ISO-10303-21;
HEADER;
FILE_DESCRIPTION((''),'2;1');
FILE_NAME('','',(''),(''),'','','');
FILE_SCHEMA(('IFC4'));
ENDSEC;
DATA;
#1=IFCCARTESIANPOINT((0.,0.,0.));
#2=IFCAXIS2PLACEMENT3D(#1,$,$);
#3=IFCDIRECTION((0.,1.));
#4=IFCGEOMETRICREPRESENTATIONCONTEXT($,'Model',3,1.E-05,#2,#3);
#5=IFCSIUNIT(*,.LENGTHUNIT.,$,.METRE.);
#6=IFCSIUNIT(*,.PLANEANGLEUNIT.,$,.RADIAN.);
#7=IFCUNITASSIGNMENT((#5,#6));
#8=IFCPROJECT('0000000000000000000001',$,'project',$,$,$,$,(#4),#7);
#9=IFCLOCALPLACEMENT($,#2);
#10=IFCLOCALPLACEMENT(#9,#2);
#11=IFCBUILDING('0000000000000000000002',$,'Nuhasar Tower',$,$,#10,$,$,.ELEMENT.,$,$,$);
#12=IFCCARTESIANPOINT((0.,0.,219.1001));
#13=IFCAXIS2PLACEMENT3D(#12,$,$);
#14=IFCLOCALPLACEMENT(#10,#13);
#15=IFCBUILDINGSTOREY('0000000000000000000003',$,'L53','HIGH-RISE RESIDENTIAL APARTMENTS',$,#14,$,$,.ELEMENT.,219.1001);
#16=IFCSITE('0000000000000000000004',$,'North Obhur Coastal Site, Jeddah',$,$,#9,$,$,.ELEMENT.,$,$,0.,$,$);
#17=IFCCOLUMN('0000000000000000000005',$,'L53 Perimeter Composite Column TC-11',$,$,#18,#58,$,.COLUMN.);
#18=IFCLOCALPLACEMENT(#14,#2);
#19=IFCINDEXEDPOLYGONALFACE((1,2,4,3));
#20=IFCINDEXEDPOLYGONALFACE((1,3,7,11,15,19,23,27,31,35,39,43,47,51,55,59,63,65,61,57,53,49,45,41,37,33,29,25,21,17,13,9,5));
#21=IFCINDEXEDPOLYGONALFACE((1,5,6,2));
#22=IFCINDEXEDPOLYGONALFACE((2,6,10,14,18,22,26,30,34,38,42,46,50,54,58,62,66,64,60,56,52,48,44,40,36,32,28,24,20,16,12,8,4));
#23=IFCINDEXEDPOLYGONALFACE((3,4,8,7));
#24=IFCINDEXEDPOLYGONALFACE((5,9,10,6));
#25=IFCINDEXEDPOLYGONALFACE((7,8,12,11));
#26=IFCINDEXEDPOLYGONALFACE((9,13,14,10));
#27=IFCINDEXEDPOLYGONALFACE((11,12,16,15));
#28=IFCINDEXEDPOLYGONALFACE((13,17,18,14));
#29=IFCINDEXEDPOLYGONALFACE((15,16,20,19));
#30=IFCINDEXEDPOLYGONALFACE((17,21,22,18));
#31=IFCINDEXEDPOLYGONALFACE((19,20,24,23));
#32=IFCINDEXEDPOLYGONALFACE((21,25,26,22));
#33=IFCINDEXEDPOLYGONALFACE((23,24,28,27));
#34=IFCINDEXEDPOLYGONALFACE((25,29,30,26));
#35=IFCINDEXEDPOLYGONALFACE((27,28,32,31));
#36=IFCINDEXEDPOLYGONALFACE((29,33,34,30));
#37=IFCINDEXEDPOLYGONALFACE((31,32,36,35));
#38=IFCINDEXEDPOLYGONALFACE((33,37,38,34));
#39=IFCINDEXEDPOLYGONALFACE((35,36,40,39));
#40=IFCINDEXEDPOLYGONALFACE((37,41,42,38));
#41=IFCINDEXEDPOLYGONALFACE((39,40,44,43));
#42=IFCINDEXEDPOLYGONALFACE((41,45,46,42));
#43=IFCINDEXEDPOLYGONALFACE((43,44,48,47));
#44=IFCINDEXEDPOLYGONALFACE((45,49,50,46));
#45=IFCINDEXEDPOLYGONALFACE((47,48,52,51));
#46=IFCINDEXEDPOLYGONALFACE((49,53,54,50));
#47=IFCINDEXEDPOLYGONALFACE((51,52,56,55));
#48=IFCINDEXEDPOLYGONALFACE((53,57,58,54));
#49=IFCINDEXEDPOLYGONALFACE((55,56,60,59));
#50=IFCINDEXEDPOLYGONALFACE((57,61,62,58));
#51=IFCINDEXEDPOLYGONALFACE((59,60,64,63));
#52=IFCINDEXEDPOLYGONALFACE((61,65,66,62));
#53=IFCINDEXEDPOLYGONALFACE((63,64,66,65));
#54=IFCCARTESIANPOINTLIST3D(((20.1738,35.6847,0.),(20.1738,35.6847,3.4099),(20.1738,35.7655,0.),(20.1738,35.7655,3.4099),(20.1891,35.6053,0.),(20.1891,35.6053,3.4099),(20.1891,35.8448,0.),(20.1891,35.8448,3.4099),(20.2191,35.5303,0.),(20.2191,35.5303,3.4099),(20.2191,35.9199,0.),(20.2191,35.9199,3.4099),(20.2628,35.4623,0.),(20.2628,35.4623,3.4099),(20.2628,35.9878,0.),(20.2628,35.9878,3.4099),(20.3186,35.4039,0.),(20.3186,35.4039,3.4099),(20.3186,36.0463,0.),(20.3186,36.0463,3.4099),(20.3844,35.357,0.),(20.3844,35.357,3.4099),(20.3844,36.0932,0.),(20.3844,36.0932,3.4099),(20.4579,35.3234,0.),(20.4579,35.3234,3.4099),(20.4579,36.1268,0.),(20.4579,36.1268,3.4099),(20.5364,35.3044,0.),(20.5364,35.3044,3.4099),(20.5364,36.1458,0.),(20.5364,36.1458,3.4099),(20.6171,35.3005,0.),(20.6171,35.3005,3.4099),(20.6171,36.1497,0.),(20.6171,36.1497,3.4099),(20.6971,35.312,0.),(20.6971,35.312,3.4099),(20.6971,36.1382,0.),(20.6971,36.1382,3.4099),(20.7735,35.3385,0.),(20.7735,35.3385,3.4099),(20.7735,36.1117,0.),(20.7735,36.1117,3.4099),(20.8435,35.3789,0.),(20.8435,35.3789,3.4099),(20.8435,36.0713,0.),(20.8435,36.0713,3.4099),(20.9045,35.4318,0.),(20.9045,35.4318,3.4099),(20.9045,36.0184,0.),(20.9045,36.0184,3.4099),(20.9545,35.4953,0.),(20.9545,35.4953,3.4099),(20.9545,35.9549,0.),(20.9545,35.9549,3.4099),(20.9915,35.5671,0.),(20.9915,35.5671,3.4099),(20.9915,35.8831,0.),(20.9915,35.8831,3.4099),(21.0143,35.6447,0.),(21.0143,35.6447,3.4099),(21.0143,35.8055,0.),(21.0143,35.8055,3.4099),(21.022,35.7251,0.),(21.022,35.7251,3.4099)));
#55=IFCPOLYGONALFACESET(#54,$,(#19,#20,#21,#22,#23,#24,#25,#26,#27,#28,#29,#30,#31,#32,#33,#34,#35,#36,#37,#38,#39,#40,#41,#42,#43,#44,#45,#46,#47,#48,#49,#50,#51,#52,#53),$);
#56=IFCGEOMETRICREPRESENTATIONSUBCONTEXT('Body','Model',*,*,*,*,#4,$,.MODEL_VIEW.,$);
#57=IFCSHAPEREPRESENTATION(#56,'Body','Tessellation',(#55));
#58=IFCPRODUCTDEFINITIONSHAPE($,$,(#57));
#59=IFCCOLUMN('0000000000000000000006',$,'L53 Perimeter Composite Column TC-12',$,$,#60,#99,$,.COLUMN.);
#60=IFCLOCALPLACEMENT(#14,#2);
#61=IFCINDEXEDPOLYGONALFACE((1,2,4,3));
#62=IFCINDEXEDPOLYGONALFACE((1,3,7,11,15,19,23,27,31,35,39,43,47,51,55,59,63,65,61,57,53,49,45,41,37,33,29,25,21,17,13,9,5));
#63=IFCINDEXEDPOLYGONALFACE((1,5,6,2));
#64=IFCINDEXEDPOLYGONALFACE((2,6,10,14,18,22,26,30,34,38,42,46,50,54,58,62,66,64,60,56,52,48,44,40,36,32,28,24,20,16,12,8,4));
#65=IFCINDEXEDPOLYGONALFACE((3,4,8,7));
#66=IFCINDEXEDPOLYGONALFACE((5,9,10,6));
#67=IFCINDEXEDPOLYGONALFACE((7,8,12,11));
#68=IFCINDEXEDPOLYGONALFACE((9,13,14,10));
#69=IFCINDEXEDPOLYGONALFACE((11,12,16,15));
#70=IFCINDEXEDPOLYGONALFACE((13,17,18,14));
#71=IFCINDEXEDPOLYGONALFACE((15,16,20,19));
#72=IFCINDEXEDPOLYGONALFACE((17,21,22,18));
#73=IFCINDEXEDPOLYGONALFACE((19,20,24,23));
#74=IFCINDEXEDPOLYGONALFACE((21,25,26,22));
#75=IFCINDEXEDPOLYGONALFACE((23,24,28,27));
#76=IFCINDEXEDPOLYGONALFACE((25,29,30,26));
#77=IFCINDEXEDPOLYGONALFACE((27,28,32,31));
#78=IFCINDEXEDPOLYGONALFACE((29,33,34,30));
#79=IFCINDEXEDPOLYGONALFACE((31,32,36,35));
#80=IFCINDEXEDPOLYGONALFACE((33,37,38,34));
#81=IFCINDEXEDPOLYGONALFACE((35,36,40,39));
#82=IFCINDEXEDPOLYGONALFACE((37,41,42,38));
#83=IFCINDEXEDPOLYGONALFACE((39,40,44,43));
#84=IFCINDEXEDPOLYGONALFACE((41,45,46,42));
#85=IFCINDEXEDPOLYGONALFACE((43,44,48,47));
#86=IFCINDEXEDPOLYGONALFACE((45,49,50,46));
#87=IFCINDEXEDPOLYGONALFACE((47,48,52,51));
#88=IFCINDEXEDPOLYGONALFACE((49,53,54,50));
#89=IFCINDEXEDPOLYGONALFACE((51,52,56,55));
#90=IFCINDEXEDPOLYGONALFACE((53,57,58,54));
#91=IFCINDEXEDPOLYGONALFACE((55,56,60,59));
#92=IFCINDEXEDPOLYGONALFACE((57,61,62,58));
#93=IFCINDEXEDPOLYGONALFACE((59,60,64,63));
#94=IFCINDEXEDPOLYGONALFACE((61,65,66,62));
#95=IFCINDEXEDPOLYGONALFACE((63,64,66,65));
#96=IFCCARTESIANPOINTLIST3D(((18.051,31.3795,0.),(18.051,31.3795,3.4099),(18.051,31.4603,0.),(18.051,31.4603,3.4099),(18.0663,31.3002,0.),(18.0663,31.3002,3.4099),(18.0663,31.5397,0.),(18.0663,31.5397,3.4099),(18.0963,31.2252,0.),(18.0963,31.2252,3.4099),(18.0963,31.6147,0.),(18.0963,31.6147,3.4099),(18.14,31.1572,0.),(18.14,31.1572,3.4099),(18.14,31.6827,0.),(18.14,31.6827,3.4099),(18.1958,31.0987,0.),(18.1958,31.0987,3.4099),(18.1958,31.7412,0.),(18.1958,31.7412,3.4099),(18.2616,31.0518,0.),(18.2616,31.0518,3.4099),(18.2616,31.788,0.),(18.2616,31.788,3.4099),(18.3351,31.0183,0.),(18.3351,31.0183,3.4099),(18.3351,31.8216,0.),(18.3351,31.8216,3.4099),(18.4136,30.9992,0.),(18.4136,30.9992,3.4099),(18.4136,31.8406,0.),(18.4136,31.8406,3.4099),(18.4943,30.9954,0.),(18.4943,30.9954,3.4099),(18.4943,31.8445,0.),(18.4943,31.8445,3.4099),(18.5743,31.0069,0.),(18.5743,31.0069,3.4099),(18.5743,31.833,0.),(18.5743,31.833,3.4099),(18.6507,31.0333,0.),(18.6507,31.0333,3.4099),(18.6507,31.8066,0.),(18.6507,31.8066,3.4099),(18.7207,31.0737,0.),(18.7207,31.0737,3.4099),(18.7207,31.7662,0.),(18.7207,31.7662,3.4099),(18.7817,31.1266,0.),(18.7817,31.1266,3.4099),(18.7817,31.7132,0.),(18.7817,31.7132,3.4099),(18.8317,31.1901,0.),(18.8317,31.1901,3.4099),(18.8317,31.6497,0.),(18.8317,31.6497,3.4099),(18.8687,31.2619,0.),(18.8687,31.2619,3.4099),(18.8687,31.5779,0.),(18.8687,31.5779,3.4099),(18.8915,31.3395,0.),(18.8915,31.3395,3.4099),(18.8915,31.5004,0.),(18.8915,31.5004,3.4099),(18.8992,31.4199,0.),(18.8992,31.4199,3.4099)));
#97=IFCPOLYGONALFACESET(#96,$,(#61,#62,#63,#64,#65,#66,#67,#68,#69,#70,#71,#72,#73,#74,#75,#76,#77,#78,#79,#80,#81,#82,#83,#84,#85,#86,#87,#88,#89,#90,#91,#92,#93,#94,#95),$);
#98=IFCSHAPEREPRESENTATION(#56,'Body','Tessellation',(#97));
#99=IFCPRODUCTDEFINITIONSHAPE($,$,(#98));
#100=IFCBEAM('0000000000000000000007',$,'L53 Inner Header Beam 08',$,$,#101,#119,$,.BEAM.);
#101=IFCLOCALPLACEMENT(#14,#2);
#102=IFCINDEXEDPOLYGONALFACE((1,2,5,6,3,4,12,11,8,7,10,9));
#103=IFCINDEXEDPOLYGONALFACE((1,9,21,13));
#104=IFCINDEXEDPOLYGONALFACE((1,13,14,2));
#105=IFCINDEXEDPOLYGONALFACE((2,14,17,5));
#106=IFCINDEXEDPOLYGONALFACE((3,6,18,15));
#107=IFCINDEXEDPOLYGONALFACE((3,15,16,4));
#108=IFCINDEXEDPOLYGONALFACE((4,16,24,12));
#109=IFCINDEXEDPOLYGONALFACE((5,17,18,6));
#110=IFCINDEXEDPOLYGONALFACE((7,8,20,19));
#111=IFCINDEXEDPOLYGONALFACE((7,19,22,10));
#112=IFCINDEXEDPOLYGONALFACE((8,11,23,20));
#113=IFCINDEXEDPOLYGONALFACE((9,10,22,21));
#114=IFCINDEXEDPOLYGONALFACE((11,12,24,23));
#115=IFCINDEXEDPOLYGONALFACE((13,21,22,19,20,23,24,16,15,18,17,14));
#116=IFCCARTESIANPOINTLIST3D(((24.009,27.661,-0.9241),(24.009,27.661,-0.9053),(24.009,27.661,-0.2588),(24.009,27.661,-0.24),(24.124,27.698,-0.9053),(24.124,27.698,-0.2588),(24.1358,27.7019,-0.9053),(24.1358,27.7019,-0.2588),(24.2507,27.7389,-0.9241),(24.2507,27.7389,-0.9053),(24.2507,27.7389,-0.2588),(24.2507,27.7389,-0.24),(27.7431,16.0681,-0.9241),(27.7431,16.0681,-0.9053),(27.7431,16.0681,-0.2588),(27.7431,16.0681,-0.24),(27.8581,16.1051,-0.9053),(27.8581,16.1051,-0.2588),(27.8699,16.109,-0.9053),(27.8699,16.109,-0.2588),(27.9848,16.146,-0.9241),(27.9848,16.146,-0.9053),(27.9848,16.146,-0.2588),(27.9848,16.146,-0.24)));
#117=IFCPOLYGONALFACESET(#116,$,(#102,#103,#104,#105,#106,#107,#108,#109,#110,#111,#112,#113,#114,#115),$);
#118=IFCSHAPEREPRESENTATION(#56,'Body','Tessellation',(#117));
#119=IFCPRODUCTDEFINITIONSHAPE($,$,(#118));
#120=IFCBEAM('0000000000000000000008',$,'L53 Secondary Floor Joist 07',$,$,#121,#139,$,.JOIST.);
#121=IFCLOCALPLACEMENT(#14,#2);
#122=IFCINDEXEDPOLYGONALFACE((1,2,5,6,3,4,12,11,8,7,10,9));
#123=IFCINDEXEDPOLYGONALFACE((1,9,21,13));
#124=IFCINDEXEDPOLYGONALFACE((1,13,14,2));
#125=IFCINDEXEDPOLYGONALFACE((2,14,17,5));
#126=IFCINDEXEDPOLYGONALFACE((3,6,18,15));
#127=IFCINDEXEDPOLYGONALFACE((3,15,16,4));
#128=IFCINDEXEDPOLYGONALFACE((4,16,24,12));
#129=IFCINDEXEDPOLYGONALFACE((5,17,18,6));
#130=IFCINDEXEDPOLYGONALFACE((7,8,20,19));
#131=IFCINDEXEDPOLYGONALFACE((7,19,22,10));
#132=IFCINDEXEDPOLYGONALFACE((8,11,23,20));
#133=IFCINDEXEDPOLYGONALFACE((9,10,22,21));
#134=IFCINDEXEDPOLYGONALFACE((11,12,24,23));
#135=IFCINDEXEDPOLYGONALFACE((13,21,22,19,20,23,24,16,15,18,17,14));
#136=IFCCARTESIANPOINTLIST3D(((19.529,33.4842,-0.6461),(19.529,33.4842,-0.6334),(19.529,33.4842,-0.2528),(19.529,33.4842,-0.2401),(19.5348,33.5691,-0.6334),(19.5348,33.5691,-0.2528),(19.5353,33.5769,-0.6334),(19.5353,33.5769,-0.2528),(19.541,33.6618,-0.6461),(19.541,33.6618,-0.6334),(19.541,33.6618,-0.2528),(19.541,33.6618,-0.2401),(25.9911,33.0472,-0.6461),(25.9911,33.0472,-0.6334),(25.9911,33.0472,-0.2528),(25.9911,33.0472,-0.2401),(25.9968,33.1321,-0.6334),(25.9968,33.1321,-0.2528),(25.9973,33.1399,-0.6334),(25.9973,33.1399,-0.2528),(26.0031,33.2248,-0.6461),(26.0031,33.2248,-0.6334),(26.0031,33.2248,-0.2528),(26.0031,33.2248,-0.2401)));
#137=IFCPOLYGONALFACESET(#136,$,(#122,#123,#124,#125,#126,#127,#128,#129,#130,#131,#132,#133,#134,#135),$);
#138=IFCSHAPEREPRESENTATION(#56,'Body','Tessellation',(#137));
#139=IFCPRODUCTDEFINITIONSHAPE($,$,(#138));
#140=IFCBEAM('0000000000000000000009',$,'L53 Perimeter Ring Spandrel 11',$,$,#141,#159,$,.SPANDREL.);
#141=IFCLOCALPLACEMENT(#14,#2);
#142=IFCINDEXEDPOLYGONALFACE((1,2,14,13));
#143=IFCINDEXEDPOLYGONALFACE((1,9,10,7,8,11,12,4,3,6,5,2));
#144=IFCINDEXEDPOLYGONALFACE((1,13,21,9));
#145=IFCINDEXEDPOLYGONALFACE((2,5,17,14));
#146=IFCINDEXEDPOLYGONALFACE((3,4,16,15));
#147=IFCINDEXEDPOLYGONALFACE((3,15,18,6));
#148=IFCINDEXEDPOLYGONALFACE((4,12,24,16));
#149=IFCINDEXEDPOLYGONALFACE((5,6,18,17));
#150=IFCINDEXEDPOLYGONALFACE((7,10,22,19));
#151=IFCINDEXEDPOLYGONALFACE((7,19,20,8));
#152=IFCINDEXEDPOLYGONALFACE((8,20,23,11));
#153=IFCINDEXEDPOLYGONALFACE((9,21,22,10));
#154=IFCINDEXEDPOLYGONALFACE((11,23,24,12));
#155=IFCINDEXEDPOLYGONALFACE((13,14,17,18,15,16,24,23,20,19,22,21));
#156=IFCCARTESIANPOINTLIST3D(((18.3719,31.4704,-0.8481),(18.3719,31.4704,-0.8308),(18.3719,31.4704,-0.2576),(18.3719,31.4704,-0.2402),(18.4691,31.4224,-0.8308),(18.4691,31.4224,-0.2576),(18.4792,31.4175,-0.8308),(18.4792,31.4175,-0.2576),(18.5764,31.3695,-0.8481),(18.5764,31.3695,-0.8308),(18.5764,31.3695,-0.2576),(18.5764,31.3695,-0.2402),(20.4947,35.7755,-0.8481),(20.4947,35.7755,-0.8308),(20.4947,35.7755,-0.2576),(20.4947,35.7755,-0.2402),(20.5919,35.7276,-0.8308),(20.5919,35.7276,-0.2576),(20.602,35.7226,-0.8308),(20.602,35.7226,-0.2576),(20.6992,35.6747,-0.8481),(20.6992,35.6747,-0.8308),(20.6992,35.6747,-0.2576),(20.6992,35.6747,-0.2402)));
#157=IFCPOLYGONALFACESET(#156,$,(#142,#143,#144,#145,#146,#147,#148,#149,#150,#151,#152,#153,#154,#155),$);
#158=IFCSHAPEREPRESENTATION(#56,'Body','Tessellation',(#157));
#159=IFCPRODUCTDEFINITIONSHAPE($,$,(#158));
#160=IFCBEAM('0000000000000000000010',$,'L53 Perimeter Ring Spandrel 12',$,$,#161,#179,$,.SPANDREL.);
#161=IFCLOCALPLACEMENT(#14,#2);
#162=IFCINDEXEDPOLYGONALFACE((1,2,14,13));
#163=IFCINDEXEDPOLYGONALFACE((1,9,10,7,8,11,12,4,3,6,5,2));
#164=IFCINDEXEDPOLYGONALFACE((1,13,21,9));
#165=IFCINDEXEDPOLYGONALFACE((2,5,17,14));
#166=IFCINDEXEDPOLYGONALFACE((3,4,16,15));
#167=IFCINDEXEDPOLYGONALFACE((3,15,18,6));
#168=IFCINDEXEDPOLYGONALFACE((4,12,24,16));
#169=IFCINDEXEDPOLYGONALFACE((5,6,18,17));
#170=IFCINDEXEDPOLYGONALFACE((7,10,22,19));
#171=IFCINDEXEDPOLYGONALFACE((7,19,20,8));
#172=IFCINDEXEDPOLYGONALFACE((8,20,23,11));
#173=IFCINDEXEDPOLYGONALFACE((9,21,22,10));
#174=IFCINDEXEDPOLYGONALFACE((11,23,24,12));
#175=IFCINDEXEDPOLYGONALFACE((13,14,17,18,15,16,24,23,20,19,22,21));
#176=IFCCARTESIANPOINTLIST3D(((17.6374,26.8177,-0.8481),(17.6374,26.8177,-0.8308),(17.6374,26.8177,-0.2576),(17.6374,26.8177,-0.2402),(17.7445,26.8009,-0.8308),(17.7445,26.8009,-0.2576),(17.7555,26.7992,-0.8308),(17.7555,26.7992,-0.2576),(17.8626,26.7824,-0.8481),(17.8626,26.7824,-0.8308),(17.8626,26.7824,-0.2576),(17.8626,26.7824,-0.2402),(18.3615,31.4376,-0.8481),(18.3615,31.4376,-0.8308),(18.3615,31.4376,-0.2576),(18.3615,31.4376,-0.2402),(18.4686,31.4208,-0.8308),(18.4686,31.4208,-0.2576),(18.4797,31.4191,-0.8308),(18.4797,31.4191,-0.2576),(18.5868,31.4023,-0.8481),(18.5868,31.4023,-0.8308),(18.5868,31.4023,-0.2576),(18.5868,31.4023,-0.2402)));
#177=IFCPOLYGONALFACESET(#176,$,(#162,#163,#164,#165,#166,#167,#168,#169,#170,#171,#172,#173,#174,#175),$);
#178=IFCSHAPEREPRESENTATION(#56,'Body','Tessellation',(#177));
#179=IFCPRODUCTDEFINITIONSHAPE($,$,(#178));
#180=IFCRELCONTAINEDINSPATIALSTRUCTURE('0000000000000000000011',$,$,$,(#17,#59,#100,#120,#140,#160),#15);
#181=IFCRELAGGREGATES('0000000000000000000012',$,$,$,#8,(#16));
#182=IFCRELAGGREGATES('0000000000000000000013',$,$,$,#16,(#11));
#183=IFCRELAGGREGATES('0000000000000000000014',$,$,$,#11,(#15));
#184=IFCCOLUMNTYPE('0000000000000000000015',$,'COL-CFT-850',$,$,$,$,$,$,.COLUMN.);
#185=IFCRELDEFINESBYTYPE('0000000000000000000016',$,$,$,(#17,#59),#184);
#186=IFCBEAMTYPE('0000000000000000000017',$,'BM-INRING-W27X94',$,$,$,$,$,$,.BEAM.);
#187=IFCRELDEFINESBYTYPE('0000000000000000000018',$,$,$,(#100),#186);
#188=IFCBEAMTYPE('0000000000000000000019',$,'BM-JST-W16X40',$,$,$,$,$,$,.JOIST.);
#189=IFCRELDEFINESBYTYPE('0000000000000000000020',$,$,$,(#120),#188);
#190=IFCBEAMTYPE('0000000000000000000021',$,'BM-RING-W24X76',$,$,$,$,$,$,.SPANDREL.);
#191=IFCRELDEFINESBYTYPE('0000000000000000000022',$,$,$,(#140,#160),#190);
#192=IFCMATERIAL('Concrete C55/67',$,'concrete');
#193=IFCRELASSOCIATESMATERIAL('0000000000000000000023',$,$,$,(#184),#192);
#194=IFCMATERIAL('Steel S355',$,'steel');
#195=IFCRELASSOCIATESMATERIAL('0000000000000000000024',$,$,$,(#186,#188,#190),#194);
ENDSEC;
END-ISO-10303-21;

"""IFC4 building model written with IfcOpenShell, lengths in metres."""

from ifc_helpers import new_model, si_unit, direction, frame, origin, origin_2d, place, context, subcontext, project, spatial, circle, i_section, extrude, material, material_profile, profile_set, type_object, element, save


model = new_model("IFC4")

# Units and contexts
model_context = context("Model", 3, precision=1e-05, world=origin(), true_north=direction((0.0, 1.0)))
body_context = subcontext(model_context, "Body", "Model", "MODEL_VIEW")
ifc_project = project(units=[si_unit("LENGTHUNIT", "METRE"), si_unit("PLANEANGLEUNIT", "RADIAN")], contexts=[model_context])

# Site, building, storey
site_placement = place(None, origin())
site = spatial("IfcSite", under=ifc_project, at=site_placement, Name="North Obhur Coastal Site, Jeddah", CompositionType="ELEMENT", RefElevation=0.0)
building_placement = place(site_placement, origin())
building = spatial("IfcBuilding", under=site, at=building_placement, Name="Nuhasar Tower", CompositionType="ELEMENT")
storey_placement = place(building_placement, frame((0.0, 0.0, 219.1001)))
storey = spatial("IfcBuildingStorey", under=building, at=storey_placement, Name="L53", Description="HIGH-RISE RESIDENTIAL APARTMENTS", CompositionType="ELEMENT", Elevation=219.1001)

# Columns
ifc_material_1 = material(Name="Concrete C55/67", Category="concrete")
ifc_material_profile_1 = material_profile(ifc_material_1, circle(Radius=0.425, at=origin_2d()), Name="CFT850")
ifc_profile_set_1 = profile_set([ifc_material_profile_1], Name="Concrete C55/67")
column_type = type_object("IfcColumnType", Name="COL-CFT-850", PredefinedType="COLUMN", material=ifc_profile_set_1)
for number, where, z_axis, x_axis, name in (
    (1, (20.5969, 35.7251, 0.0), (0.0, 0.0, 1.0), (1.0, 0.0, 0.0), "L53 Perimeter Composite Column TC-11"),
    (2, (18.4741, 31.4199, 0.0), (0.0, 0.0, 1.0), (1.0, 0.0, 0.0), "L53 Perimeter Composite Column TC-12"),
):
    element("IfcColumn", number, at=place(storey_placement, frame(where, z_axis=z_axis, x_axis=x_axis)), inside=storey, type_object=column_type, Name=name, PredefinedType="COLUMN", context=body_context, shape_type="SweptSolid", body=[
        extrude(circle(Radius=0.425, at=origin_2d()), origin(), (0.0, 0.0, 1.0), 3.4099),
    ])

# Beams
ifc_material_2 = material(Name="Steel S355", Category="steel")
ifc_material_profile_2 = material_profile(ifc_material_2, i_section(OverallWidth=0.2539, OverallDepth=0.6841, WebThickness=0.0125, FlangeThickness=0.0188, at=origin_2d()), Name="W27X94")
ifc_profile_set_2 = profile_set([ifc_material_profile_2], Name="Steel S355")
beam_type_1 = type_object("IfcBeamType", Name="BM-INRING-W27X94", PredefinedType="BEAM", material=ifc_profile_set_2)
beam_1_placement = place(storey_placement, frame((24.1299, 27.7, -0.582), z_axis=(0.30659, -0.951842, 0.0), x_axis=(0.951842, 0.30659, 0.0)))
element("IfcBeam", 3, at=beam_1_placement, inside=storey, type_object=beam_type_1, Name="L53 Inner Header Beam 08", PredefinedType="BEAM", context=body_context, shape_type="SweptSolid", body=[
    extrude(i_section(OverallWidth=0.2539, OverallDepth=0.6841, WebThickness=0.0125, FlangeThickness=0.0188, at=origin_2d()), origin(), (0.0, 0.0, 1.0), 12.1794),
])
ifc_material_profile_3 = material_profile(ifc_material_2, i_section(OverallWidth=0.178, OverallDepth=0.406, WebThickness=0.0078, FlangeThickness=0.0127, at=origin_2d()), Name="W16X40")
ifc_profile_set_3 = profile_set([ifc_material_profile_3], Name="Steel S355")
beam_type_2 = type_object("IfcBeamType", Name="BM-JST-W16X40", PredefinedType="JOIST", material=ifc_profile_set_3)
beam_2_placement = place(storey_placement, frame((25.9971, 33.136, -0.4431), z_axis=(-0.997721, 0.067472, 0.0), x_axis=(-0.067472, -0.997721, 0.0)))
element("IfcBeam", 4, at=beam_2_placement, inside=storey, type_object=beam_type_2, Name="L53 Secondary Floor Joist 07", PredefinedType="JOIST", context=body_context, shape_type="SweptSolid", body=[
    extrude(i_section(OverallWidth=0.178, OverallDepth=0.406, WebThickness=0.0078, FlangeThickness=0.0127, at=origin_2d()), origin(), (0.0, 0.0, 1.0), 6.4768),
])
ifc_material_profile_4 = material_profile(ifc_material_2, i_section(OverallWidth=0.228, OverallDepth=0.6079, WebThickness=0.0112, FlangeThickness=0.0173, at=origin_2d()), Name="W24X76")
ifc_profile_set_4 = profile_set([ifc_material_profile_4], Name="Steel S355")
beam_type_3 = type_object("IfcBeamType", Name="BM-RING-W24X76", PredefinedType="SPANDREL", material=ifc_profile_set_4)
beam_3_placement = place(storey_placement, frame((20.5969, 35.7251, -0.5442), z_axis=(-0.442243, -0.896895, 0.0), x_axis=(0.896895, -0.442243, 0.0)))
element("IfcBeam", 5, at=beam_3_placement, inside=storey, type_object=beam_type_3, Name="L53 Perimeter Ring Spandrel 11", PredefinedType="SPANDREL", context=body_context, shape_type="SweptSolid", body=[
    extrude(i_section(OverallWidth=0.228, OverallDepth=0.6079, WebThickness=0.0112, FlangeThickness=0.0173, at=origin_2d()), origin(), (0.0, 0.0, 1.0), 4.8),
])
beam_4_placement = place(storey_placement, frame((18.4741, 31.4199, -0.5442), z_axis=(-0.15485, -0.987938, 0.0), x_axis=(0.987938, -0.15485, 0.0)))
element("IfcBeam", 6, at=beam_4_placement, inside=storey, type_object=beam_type_3, Name="L53 Perimeter Ring Spandrel 12", PredefinedType="SPANDREL", context=body_context, shape_type="SweptSolid", body=[
    extrude(i_section(OverallWidth=0.228, OverallDepth=0.6079, WebThickness=0.0112, FlangeThickness=0.0173, at=origin_2d()), origin(), (0.0, 0.0, 1.0), 4.6763),
])

save(model, "model.ifc")
